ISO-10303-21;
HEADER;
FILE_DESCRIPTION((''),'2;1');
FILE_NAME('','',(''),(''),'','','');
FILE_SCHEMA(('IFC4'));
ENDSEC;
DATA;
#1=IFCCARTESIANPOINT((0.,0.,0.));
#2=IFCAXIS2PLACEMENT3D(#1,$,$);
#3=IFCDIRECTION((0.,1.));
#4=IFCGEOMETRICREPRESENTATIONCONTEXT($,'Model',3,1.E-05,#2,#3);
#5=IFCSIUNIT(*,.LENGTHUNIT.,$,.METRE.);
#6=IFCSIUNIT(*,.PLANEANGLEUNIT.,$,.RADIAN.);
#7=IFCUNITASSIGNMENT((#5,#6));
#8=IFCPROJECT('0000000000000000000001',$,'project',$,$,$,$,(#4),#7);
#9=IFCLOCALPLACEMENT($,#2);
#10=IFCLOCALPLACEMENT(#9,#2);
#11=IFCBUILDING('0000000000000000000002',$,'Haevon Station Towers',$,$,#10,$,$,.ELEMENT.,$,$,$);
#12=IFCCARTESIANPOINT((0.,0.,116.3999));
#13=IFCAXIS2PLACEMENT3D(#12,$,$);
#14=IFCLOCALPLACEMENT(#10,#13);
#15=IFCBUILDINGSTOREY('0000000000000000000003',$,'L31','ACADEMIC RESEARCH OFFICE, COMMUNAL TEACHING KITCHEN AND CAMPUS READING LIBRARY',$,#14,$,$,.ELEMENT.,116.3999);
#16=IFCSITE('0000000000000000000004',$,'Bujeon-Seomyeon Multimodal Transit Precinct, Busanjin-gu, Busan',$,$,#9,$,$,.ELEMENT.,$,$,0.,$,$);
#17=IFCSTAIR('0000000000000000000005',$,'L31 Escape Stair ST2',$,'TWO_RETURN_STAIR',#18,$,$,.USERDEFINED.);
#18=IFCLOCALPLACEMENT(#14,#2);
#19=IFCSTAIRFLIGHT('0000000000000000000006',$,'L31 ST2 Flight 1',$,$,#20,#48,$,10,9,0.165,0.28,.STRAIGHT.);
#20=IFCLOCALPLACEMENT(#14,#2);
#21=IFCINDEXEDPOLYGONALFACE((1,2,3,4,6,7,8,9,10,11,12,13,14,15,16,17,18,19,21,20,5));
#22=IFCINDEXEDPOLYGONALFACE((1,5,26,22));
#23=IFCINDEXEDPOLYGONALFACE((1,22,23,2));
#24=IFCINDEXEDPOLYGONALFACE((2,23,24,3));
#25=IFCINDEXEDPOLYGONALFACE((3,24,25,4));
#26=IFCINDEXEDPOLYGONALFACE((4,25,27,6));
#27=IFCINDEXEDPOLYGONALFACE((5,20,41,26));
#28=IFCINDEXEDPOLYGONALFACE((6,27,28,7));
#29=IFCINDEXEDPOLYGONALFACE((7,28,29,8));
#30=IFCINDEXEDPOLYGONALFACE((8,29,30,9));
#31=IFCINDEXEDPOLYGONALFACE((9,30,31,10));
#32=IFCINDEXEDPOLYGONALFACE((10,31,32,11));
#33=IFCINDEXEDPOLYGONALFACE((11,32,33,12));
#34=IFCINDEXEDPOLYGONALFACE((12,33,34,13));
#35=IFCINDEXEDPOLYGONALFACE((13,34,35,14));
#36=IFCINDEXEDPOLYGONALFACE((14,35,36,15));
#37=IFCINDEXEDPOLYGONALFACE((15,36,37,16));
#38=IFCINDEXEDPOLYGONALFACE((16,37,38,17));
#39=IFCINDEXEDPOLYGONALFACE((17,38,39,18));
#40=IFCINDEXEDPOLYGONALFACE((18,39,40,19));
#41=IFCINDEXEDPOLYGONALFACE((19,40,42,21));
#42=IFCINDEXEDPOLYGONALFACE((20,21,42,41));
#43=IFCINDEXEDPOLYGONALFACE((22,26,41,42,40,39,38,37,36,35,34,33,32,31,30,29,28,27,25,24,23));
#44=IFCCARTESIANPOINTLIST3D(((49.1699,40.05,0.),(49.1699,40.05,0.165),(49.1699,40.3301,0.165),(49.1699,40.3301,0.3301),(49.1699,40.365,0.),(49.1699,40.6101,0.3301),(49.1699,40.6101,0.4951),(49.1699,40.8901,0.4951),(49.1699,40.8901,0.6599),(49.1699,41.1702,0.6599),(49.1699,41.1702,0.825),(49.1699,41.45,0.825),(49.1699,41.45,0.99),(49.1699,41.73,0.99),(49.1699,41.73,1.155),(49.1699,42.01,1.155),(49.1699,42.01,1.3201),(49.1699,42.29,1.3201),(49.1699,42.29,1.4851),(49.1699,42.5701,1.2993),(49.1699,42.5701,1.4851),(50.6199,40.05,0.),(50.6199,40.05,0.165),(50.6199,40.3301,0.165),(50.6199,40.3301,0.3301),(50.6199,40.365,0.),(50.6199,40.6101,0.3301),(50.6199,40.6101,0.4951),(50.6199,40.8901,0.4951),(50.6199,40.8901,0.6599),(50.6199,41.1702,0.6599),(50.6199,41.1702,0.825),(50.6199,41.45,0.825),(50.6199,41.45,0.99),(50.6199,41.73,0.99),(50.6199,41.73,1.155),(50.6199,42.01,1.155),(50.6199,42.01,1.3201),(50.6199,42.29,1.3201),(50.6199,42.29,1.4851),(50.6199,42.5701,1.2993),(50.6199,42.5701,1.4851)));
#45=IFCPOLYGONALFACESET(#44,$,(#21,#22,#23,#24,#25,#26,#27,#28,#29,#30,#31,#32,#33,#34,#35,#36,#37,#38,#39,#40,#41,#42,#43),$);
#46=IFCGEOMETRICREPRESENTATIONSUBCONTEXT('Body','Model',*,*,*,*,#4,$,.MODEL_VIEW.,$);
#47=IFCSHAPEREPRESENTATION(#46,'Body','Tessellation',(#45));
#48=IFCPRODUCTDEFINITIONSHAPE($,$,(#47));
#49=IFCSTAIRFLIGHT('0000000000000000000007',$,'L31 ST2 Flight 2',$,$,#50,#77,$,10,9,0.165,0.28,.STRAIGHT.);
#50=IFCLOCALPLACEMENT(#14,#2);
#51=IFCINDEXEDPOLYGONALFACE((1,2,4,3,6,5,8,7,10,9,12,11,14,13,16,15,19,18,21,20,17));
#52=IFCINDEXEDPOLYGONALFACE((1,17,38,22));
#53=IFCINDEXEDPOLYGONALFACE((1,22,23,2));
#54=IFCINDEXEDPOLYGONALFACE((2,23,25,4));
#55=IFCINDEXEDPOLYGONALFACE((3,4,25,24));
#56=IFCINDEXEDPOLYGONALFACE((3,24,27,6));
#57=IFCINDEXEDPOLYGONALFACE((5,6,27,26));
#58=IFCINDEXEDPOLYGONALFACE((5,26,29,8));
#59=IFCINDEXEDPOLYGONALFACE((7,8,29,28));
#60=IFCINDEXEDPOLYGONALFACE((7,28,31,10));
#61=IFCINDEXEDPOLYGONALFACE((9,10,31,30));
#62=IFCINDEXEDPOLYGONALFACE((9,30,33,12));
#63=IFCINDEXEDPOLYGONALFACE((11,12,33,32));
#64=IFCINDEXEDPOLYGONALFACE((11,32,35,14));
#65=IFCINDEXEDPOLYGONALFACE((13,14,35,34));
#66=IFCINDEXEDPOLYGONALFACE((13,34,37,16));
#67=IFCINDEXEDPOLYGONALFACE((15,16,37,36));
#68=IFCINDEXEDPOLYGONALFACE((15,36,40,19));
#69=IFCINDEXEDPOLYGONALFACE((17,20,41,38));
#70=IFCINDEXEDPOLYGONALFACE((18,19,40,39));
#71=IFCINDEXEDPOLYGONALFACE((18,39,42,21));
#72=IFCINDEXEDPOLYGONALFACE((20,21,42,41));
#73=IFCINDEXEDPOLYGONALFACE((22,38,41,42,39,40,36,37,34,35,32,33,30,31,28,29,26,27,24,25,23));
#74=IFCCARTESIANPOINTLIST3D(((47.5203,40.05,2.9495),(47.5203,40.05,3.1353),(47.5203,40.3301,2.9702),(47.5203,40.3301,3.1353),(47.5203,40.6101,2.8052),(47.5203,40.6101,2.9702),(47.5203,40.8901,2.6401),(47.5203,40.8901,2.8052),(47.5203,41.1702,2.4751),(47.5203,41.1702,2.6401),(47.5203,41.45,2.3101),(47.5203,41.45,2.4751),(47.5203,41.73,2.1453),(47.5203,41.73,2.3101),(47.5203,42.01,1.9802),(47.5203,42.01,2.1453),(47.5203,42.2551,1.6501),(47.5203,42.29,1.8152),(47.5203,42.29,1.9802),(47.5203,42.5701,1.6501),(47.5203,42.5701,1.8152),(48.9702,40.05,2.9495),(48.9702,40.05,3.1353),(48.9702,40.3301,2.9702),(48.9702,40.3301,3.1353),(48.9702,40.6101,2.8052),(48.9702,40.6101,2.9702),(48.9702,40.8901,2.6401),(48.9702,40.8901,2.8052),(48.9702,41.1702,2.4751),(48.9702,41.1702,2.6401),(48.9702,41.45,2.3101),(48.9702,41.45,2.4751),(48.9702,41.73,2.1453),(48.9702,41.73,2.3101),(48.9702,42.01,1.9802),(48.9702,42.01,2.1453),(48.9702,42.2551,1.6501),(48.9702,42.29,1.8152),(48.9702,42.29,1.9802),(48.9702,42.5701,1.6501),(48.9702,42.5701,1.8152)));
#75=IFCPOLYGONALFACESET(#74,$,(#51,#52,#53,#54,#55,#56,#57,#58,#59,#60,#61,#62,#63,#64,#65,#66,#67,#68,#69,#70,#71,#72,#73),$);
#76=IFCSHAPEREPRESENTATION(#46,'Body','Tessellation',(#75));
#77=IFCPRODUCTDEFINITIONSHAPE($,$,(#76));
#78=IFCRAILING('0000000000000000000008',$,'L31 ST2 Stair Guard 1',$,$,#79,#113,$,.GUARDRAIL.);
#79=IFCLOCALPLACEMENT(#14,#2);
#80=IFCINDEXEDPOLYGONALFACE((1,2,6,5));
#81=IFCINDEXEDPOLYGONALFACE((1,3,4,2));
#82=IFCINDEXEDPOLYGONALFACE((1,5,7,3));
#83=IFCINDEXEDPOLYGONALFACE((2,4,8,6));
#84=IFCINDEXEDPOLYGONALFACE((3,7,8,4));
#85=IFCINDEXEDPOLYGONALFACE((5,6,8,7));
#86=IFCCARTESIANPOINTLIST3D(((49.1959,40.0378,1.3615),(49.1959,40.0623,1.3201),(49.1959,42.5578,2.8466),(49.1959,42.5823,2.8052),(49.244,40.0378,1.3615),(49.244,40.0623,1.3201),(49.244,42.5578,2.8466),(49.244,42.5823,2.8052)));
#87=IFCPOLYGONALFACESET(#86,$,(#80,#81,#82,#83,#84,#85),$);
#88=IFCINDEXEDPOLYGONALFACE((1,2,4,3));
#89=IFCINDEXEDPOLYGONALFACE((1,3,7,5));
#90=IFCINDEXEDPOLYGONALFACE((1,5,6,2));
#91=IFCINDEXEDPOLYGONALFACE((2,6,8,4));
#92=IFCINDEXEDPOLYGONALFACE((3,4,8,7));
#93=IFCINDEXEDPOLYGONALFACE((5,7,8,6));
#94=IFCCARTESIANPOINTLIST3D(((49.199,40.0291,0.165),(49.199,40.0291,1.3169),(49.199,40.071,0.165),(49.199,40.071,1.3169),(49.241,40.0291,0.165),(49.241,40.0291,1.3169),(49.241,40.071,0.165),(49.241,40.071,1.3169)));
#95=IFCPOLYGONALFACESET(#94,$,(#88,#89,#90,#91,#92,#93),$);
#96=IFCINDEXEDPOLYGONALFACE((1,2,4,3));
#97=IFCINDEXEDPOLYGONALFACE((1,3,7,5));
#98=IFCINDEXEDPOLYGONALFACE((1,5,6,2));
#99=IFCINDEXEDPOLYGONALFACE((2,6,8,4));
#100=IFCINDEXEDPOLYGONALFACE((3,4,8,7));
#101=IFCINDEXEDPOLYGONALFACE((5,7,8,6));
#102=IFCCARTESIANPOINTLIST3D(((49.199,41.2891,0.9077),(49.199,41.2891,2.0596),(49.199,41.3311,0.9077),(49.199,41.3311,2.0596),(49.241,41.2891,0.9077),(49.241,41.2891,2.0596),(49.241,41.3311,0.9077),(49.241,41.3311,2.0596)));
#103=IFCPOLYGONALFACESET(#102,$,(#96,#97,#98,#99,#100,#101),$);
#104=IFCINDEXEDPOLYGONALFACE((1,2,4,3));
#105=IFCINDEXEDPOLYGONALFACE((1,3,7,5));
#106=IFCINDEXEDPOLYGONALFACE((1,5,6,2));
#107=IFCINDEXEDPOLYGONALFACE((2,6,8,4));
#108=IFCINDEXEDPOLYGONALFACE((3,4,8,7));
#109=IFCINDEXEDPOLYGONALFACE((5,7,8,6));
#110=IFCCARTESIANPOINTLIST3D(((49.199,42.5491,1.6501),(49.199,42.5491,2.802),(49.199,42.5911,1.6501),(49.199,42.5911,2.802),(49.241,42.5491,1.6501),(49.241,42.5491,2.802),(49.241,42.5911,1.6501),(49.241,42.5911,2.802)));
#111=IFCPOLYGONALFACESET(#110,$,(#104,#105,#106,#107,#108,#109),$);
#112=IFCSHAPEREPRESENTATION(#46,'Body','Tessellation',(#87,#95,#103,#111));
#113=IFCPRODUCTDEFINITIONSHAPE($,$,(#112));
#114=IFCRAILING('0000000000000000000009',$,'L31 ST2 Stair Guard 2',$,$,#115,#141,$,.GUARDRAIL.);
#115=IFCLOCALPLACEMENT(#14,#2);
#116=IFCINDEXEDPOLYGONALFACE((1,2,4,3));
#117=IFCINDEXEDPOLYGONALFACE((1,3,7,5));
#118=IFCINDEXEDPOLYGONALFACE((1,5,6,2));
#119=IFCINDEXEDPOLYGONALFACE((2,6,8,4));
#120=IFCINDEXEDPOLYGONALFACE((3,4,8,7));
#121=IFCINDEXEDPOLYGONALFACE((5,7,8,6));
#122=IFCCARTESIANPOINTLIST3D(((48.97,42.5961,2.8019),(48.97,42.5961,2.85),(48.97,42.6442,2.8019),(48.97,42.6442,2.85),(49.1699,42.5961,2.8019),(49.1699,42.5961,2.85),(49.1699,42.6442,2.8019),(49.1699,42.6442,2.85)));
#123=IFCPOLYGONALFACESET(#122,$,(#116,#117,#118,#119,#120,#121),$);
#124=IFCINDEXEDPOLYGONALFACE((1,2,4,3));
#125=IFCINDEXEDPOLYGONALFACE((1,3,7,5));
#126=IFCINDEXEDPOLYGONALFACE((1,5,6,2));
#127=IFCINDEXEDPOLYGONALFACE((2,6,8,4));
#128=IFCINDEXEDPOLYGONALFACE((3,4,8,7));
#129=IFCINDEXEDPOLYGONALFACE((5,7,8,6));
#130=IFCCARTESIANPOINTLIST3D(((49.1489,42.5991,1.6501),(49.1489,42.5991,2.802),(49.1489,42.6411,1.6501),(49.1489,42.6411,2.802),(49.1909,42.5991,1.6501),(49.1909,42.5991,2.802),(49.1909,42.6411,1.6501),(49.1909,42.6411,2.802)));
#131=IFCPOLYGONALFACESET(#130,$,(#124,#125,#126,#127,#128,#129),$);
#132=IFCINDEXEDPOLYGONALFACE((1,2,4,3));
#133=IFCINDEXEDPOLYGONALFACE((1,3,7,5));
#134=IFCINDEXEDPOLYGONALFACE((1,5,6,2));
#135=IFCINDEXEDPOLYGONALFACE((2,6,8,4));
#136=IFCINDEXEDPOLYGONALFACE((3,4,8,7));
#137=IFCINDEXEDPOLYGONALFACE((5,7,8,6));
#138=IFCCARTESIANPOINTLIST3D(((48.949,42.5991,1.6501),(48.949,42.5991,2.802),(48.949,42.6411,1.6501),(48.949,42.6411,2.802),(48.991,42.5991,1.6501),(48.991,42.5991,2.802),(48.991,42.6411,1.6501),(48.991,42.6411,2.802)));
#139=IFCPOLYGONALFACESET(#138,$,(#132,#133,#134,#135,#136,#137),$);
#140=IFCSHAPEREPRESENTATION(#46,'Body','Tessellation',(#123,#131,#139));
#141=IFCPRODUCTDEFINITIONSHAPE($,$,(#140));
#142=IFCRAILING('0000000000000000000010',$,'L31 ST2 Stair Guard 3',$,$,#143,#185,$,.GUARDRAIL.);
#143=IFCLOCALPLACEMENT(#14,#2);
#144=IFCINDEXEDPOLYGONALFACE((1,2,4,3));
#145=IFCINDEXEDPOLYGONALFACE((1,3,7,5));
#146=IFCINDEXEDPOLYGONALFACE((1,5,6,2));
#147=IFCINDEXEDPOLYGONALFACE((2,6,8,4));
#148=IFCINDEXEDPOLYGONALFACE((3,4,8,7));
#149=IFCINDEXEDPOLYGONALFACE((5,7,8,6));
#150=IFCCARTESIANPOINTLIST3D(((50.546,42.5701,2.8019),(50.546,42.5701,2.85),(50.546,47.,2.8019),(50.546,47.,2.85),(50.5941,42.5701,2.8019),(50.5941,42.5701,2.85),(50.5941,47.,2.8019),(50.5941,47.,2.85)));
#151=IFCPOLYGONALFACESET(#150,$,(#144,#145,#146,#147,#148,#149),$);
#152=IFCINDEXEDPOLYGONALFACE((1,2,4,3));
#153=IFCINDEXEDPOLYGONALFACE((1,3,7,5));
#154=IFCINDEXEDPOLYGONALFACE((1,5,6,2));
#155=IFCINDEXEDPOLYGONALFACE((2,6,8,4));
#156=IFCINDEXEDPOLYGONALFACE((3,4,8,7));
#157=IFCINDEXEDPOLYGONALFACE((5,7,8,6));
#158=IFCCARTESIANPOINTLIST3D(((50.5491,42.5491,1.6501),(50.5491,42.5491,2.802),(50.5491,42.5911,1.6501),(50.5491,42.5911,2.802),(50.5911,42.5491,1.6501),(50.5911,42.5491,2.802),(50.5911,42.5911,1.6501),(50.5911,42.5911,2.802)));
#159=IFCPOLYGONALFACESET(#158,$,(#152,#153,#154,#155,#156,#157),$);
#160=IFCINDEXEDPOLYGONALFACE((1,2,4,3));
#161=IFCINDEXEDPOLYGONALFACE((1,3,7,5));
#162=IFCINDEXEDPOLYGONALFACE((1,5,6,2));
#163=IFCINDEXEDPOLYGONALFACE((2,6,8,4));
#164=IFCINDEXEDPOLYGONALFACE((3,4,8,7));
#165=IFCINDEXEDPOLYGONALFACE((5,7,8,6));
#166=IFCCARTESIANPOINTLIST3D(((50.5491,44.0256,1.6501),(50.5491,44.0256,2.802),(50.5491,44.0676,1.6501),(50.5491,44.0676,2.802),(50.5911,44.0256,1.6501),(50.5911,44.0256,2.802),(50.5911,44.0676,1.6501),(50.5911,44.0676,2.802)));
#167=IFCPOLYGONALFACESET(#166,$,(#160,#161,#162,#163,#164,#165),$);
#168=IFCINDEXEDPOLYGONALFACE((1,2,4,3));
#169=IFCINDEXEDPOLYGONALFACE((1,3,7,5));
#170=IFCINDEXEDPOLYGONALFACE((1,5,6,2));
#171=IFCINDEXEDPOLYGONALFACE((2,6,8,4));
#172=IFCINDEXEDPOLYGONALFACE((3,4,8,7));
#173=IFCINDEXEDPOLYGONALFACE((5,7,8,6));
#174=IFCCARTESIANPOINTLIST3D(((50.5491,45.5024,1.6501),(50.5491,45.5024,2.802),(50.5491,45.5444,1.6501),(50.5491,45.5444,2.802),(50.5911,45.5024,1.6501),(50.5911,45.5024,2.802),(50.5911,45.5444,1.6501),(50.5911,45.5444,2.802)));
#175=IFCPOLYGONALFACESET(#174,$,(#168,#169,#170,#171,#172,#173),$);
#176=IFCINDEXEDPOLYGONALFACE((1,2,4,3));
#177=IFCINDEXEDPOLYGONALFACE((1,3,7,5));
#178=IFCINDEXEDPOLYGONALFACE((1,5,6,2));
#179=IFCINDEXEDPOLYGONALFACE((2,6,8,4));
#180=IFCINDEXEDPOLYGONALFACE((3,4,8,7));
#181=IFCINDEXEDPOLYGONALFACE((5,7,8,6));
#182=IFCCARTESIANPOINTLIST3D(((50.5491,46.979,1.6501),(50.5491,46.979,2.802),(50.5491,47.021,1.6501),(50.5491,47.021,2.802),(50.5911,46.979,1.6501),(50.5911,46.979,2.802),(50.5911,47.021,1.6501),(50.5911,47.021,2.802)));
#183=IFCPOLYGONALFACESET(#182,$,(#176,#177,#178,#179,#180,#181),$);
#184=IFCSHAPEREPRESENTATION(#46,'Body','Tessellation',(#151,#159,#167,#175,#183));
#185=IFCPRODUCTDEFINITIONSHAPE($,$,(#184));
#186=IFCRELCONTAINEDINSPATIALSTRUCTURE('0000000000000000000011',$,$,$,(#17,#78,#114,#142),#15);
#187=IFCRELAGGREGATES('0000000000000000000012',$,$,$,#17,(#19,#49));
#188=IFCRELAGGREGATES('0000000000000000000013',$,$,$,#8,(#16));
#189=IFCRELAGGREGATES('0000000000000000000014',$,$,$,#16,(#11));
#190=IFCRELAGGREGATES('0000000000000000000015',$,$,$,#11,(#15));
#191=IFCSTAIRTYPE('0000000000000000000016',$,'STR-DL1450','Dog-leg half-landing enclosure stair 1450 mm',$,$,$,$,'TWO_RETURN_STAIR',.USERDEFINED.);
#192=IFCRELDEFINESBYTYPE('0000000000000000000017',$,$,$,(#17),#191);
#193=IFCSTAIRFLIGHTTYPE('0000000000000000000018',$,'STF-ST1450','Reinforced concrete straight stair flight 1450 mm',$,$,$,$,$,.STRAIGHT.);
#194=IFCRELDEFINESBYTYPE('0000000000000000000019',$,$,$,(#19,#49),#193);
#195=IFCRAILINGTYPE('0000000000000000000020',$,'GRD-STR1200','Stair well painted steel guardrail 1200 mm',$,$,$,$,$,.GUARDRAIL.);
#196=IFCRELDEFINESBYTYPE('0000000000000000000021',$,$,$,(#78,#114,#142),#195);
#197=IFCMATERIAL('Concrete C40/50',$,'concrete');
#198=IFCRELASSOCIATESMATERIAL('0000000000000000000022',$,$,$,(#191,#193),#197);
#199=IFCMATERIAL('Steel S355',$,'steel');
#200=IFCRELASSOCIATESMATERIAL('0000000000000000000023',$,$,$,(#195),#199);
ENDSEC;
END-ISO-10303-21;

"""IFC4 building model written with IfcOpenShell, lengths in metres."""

from ifc_helpers import new_model, si_unit, direction, frame, origin, origin_2d, place, context, subcontext, project, spatial, polyline, rectangle, outline, extrude, material, type_object, element, aggregate, save


model = new_model("IFC4")

# Units and contexts
model_context = context("Model", 3, precision=1e-05, world=origin(), true_north=direction((0.0, 1.0)))
body_context = subcontext(model_context, "Body", "Model", "MODEL_VIEW")
ifc_project = project(units=[si_unit("LENGTHUNIT", "METRE"), si_unit("PLANEANGLEUNIT", "RADIAN")], contexts=[model_context])

# Site, building, storey
site_placement = place(None, origin())
site = spatial("IfcSite", under=ifc_project, at=site_placement, Name="Bujeon-Seomyeon Multimodal Transit Precinct, Busanjin-gu, Busan", CompositionType="ELEMENT", RefElevation=0.0)
building_placement = place(site_placement, origin())
building = spatial("IfcBuilding", under=site, at=building_placement, Name="Haevon Station Towers", CompositionType="ELEMENT")
storey_placement = place(building_placement, frame((0.0, 0.0, 116.3999)))
storey = spatial("IfcBuildingStorey", under=building, at=storey_placement, Name="L31", Description="ACADEMIC RESEARCH OFFICE, COMMUNAL TEACHING KITCHEN AND CAMPUS READING LIBRARY", CompositionType="ELEMENT", Elevation=116.3999)

# Shared definitions
ifc_material_1 = material(Name="Steel S355", Category="steel")

# Shared definitions
ifc_material_2 = material(Name="Concrete C40/50", Category="concrete")

# Stair, stair flights
stair_type = type_object("IfcStairType", Name="STR-DL1450", Description="Dog-leg half-landing enclosure stair 1450 mm", ElementType="TWO_RETURN_STAIR", PredefinedType="USERDEFINED", material=ifc_material_2)
stair_placement = place(storey_placement, origin())
stair = element("IfcStair", 1, at=stair_placement, inside=storey, type_object=stair_type, Name="L31 Escape Stair ST2", ObjectType="TWO_RETURN_STAIR", PredefinedType="USERDEFINED")
stair_flight_type = type_object("IfcStairFlightType", Name="STF-ST1450", Description="Reinforced concrete straight stair flight 1450 mm", PredefinedType="STRAIGHT", material=ifc_material_2)
stair_flight_1_placement = place(storey_placement, frame((49.895, 40.05, 0.0), z_axis=(0.0, 0.0, 1.0), x_axis=(0.0, 1.0, 0.0)))
stair_flight_1 = element("IfcStairFlight", 2, at=stair_flight_1_placement, type_object=stair_flight_type, Name="L31 ST2 Flight 1", NumberOfRisers=10, NumberOfTreads=9, PredefinedType="STRAIGHT", RiserHeight=0.165, TreadLength=0.28, context=body_context, shape_type="SweptSolid", body=[
    extrude(outline(polyline([(0.0, 0.0), (0.0, 0.165), (0.28, 0.165), (0.28, 0.3301), (0.5601, 0.3301), (0.5601, 0.4951), (0.8401, 0.4951), (0.8401, 0.6599), (1.1201, 0.6599), (1.1201, 0.825), (1.3999, 0.825), (1.3999, 0.99), (1.6799, 0.99), (1.6799, 1.155), (1.96, 1.155), (1.96, 1.3201), (2.24, 1.3201), (2.24, 1.4851), (2.52, 1.4851), (2.52, 1.6499), (2.52, 1.2993), (0.3149, 0.0), (0.0, 0.0)])), frame((0.0, 0.7251, 0.0), z_axis=(0.0, -1.0, 0.0), x_axis=(1.0, 0.0, 0.0)), (0.0, 0.0, 1.0), 1.45),
])
stair_flight_2_placement = place(storey_placement, frame((48.2451, 42.5701, 1.6501), z_axis=(0.0, 0.0, 1.0), x_axis=(0.0, -1.0, 0.0)))
stair_flight_2 = element("IfcStairFlight", 3, at=stair_flight_2_placement, type_object=stair_flight_type, Name="L31 ST2 Flight 2", NumberOfRisers=10, NumberOfTreads=9, PredefinedType="STRAIGHT", RiserHeight=0.165, TreadLength=0.28, context=body_context, shape_type="SweptSolid", body=[
    extrude(outline(polyline([(0.0, 0.0), (0.0, 0.165), (0.28, 0.165), (0.28, 0.3301), (0.5601, 0.3301), (0.5601, 0.4951), (0.8401, 0.4951), (0.8401, 0.6599), (1.1201, 0.6599), (1.1201, 0.825), (1.3999, 0.825), (1.3999, 0.99), (1.6799, 0.99), (1.6799, 1.155), (1.96, 1.155), (1.96, 1.3201), (2.24, 1.3201), (2.24, 1.4851), (2.52, 1.4851), (2.52, 1.6499), (2.52, 1.2993), (0.3149, 0.0), (0.0, 0.0)])), frame((0.0, 0.7251, 0.0), z_axis=(0.0, -1.0, 0.0), x_axis=(1.0, 0.0, 0.0)), (0.0, 0.0, 1.0), 1.45),
])
aggregate(stair, [stair_flight_1, stair_flight_2])

# Railings
railing_type_1 = type_object("IfcRailingType", Name="GRD-STR1200", Description="Stair well painted steel guardrail 1200 mm", PredefinedType="GUARDRAIL", material=ifc_material_1)
railing_1_placement = place(storey_placement, frame((49.22, 40.05, 0.165)))
element("IfcRailing", 4, at=railing_1_placement, inside=storey, type_object=railing_type_1, Name="L31 ST2 Stair Guard 1", PredefinedType="GUARDRAIL", context=body_context, shape_type="SweptSolid", body=[
    extrude(rectangle(XDim=0.0481, YDim=0.0481, at=origin_2d()), frame((0.0, 0.0, 1.1758), z_axis=(0.0, 0.861524, 0.507717), x_axis=(-1.0, 0.0, 0.0)), (0.0, 0.0, 1.0), 2.925),
    extrude(rectangle(XDim=0.042, YDim=0.042, at=origin_2d()), origin(), (0.0, 0.0, 1.0), 1.1519),
    extrude(rectangle(XDim=0.042, YDim=0.042, at=origin_2d()), frame((0.0, 1.26, 0.7427)), (0.0, 0.0, 1.0), 1.1519),
    extrude(rectangle(XDim=0.042, YDim=0.042, at=origin_2d()), frame((0.0, 2.52, 1.4851)), (0.0, 0.0, 1.0), 1.1519),
])
railing_2_placement = place(storey_placement, frame((49.1699, 42.6201, 1.6501)))
element("IfcRailing", 5, at=railing_2_placement, inside=storey, type_object=railing_type_1, Name="L31 ST2 Stair Guard 2", PredefinedType="GUARDRAIL", context=body_context, shape_type="SweptSolid", body=[
    extrude(rectangle(XDim=0.0481, YDim=0.0481, at=origin_2d()), frame((0.0, 0.0, 1.1758), z_axis=(-1.0, 0.0, 0.0), x_axis=(0.0, -1.0, 0.0)), (0.0, 0.0, 1.0), 0.2),
    extrude(rectangle(XDim=0.042, YDim=0.042, at=origin_2d()), origin(), (0.0, 0.0, 1.0), 1.1519),
    extrude(rectangle(XDim=0.042, YDim=0.042, at=origin_2d()), frame((-0.2, 0.0, 0.0)), (0.0, 0.0, 1.0), 1.1519),
])
for number, where, name in (
    (6, (50.5701, 42.5701, 1.6501), "L31 ST2 Stair Guard 3"),
):
    element("IfcRailing", number, at=place(storey_placement, frame(where)), inside=storey, type_object=railing_type_1, Name=name, PredefinedType="GUARDRAIL", context=body_context, shape_type="SweptSolid", body=[
        extrude(rectangle(XDim=0.0481, YDim=0.0481, at=origin_2d()), frame((0.0, 0.0, 1.1758), z_axis=(0.0, 1.0, 0.0), x_axis=(-1.0, 0.0, 0.0)), (0.0, 0.0, 1.0), 4.4299),
        extrude(rectangle(XDim=0.042, YDim=0.042, at=origin_2d()), origin(), (0.0, 0.0, 1.0), 1.1519),
        extrude(rectangle(XDim=0.042, YDim=0.042, at=origin_2d()), frame((0.0, 1.4766, 0.0)), (0.0, 0.0, 1.0), 1.1519),
        extrude(rectangle(XDim=0.042, YDim=0.042, at=origin_2d()), frame((0.0, 2.9534, 0.0)), (0.0, 0.0, 1.0), 1.1519),
        extrude(rectangle(XDim=0.042, YDim=0.042, at=origin_2d()), frame((0.0, 4.4299, 0.0)), (0.0, 0.0, 1.0), 1.1519),
    ])

save(model, "model.ifc")
